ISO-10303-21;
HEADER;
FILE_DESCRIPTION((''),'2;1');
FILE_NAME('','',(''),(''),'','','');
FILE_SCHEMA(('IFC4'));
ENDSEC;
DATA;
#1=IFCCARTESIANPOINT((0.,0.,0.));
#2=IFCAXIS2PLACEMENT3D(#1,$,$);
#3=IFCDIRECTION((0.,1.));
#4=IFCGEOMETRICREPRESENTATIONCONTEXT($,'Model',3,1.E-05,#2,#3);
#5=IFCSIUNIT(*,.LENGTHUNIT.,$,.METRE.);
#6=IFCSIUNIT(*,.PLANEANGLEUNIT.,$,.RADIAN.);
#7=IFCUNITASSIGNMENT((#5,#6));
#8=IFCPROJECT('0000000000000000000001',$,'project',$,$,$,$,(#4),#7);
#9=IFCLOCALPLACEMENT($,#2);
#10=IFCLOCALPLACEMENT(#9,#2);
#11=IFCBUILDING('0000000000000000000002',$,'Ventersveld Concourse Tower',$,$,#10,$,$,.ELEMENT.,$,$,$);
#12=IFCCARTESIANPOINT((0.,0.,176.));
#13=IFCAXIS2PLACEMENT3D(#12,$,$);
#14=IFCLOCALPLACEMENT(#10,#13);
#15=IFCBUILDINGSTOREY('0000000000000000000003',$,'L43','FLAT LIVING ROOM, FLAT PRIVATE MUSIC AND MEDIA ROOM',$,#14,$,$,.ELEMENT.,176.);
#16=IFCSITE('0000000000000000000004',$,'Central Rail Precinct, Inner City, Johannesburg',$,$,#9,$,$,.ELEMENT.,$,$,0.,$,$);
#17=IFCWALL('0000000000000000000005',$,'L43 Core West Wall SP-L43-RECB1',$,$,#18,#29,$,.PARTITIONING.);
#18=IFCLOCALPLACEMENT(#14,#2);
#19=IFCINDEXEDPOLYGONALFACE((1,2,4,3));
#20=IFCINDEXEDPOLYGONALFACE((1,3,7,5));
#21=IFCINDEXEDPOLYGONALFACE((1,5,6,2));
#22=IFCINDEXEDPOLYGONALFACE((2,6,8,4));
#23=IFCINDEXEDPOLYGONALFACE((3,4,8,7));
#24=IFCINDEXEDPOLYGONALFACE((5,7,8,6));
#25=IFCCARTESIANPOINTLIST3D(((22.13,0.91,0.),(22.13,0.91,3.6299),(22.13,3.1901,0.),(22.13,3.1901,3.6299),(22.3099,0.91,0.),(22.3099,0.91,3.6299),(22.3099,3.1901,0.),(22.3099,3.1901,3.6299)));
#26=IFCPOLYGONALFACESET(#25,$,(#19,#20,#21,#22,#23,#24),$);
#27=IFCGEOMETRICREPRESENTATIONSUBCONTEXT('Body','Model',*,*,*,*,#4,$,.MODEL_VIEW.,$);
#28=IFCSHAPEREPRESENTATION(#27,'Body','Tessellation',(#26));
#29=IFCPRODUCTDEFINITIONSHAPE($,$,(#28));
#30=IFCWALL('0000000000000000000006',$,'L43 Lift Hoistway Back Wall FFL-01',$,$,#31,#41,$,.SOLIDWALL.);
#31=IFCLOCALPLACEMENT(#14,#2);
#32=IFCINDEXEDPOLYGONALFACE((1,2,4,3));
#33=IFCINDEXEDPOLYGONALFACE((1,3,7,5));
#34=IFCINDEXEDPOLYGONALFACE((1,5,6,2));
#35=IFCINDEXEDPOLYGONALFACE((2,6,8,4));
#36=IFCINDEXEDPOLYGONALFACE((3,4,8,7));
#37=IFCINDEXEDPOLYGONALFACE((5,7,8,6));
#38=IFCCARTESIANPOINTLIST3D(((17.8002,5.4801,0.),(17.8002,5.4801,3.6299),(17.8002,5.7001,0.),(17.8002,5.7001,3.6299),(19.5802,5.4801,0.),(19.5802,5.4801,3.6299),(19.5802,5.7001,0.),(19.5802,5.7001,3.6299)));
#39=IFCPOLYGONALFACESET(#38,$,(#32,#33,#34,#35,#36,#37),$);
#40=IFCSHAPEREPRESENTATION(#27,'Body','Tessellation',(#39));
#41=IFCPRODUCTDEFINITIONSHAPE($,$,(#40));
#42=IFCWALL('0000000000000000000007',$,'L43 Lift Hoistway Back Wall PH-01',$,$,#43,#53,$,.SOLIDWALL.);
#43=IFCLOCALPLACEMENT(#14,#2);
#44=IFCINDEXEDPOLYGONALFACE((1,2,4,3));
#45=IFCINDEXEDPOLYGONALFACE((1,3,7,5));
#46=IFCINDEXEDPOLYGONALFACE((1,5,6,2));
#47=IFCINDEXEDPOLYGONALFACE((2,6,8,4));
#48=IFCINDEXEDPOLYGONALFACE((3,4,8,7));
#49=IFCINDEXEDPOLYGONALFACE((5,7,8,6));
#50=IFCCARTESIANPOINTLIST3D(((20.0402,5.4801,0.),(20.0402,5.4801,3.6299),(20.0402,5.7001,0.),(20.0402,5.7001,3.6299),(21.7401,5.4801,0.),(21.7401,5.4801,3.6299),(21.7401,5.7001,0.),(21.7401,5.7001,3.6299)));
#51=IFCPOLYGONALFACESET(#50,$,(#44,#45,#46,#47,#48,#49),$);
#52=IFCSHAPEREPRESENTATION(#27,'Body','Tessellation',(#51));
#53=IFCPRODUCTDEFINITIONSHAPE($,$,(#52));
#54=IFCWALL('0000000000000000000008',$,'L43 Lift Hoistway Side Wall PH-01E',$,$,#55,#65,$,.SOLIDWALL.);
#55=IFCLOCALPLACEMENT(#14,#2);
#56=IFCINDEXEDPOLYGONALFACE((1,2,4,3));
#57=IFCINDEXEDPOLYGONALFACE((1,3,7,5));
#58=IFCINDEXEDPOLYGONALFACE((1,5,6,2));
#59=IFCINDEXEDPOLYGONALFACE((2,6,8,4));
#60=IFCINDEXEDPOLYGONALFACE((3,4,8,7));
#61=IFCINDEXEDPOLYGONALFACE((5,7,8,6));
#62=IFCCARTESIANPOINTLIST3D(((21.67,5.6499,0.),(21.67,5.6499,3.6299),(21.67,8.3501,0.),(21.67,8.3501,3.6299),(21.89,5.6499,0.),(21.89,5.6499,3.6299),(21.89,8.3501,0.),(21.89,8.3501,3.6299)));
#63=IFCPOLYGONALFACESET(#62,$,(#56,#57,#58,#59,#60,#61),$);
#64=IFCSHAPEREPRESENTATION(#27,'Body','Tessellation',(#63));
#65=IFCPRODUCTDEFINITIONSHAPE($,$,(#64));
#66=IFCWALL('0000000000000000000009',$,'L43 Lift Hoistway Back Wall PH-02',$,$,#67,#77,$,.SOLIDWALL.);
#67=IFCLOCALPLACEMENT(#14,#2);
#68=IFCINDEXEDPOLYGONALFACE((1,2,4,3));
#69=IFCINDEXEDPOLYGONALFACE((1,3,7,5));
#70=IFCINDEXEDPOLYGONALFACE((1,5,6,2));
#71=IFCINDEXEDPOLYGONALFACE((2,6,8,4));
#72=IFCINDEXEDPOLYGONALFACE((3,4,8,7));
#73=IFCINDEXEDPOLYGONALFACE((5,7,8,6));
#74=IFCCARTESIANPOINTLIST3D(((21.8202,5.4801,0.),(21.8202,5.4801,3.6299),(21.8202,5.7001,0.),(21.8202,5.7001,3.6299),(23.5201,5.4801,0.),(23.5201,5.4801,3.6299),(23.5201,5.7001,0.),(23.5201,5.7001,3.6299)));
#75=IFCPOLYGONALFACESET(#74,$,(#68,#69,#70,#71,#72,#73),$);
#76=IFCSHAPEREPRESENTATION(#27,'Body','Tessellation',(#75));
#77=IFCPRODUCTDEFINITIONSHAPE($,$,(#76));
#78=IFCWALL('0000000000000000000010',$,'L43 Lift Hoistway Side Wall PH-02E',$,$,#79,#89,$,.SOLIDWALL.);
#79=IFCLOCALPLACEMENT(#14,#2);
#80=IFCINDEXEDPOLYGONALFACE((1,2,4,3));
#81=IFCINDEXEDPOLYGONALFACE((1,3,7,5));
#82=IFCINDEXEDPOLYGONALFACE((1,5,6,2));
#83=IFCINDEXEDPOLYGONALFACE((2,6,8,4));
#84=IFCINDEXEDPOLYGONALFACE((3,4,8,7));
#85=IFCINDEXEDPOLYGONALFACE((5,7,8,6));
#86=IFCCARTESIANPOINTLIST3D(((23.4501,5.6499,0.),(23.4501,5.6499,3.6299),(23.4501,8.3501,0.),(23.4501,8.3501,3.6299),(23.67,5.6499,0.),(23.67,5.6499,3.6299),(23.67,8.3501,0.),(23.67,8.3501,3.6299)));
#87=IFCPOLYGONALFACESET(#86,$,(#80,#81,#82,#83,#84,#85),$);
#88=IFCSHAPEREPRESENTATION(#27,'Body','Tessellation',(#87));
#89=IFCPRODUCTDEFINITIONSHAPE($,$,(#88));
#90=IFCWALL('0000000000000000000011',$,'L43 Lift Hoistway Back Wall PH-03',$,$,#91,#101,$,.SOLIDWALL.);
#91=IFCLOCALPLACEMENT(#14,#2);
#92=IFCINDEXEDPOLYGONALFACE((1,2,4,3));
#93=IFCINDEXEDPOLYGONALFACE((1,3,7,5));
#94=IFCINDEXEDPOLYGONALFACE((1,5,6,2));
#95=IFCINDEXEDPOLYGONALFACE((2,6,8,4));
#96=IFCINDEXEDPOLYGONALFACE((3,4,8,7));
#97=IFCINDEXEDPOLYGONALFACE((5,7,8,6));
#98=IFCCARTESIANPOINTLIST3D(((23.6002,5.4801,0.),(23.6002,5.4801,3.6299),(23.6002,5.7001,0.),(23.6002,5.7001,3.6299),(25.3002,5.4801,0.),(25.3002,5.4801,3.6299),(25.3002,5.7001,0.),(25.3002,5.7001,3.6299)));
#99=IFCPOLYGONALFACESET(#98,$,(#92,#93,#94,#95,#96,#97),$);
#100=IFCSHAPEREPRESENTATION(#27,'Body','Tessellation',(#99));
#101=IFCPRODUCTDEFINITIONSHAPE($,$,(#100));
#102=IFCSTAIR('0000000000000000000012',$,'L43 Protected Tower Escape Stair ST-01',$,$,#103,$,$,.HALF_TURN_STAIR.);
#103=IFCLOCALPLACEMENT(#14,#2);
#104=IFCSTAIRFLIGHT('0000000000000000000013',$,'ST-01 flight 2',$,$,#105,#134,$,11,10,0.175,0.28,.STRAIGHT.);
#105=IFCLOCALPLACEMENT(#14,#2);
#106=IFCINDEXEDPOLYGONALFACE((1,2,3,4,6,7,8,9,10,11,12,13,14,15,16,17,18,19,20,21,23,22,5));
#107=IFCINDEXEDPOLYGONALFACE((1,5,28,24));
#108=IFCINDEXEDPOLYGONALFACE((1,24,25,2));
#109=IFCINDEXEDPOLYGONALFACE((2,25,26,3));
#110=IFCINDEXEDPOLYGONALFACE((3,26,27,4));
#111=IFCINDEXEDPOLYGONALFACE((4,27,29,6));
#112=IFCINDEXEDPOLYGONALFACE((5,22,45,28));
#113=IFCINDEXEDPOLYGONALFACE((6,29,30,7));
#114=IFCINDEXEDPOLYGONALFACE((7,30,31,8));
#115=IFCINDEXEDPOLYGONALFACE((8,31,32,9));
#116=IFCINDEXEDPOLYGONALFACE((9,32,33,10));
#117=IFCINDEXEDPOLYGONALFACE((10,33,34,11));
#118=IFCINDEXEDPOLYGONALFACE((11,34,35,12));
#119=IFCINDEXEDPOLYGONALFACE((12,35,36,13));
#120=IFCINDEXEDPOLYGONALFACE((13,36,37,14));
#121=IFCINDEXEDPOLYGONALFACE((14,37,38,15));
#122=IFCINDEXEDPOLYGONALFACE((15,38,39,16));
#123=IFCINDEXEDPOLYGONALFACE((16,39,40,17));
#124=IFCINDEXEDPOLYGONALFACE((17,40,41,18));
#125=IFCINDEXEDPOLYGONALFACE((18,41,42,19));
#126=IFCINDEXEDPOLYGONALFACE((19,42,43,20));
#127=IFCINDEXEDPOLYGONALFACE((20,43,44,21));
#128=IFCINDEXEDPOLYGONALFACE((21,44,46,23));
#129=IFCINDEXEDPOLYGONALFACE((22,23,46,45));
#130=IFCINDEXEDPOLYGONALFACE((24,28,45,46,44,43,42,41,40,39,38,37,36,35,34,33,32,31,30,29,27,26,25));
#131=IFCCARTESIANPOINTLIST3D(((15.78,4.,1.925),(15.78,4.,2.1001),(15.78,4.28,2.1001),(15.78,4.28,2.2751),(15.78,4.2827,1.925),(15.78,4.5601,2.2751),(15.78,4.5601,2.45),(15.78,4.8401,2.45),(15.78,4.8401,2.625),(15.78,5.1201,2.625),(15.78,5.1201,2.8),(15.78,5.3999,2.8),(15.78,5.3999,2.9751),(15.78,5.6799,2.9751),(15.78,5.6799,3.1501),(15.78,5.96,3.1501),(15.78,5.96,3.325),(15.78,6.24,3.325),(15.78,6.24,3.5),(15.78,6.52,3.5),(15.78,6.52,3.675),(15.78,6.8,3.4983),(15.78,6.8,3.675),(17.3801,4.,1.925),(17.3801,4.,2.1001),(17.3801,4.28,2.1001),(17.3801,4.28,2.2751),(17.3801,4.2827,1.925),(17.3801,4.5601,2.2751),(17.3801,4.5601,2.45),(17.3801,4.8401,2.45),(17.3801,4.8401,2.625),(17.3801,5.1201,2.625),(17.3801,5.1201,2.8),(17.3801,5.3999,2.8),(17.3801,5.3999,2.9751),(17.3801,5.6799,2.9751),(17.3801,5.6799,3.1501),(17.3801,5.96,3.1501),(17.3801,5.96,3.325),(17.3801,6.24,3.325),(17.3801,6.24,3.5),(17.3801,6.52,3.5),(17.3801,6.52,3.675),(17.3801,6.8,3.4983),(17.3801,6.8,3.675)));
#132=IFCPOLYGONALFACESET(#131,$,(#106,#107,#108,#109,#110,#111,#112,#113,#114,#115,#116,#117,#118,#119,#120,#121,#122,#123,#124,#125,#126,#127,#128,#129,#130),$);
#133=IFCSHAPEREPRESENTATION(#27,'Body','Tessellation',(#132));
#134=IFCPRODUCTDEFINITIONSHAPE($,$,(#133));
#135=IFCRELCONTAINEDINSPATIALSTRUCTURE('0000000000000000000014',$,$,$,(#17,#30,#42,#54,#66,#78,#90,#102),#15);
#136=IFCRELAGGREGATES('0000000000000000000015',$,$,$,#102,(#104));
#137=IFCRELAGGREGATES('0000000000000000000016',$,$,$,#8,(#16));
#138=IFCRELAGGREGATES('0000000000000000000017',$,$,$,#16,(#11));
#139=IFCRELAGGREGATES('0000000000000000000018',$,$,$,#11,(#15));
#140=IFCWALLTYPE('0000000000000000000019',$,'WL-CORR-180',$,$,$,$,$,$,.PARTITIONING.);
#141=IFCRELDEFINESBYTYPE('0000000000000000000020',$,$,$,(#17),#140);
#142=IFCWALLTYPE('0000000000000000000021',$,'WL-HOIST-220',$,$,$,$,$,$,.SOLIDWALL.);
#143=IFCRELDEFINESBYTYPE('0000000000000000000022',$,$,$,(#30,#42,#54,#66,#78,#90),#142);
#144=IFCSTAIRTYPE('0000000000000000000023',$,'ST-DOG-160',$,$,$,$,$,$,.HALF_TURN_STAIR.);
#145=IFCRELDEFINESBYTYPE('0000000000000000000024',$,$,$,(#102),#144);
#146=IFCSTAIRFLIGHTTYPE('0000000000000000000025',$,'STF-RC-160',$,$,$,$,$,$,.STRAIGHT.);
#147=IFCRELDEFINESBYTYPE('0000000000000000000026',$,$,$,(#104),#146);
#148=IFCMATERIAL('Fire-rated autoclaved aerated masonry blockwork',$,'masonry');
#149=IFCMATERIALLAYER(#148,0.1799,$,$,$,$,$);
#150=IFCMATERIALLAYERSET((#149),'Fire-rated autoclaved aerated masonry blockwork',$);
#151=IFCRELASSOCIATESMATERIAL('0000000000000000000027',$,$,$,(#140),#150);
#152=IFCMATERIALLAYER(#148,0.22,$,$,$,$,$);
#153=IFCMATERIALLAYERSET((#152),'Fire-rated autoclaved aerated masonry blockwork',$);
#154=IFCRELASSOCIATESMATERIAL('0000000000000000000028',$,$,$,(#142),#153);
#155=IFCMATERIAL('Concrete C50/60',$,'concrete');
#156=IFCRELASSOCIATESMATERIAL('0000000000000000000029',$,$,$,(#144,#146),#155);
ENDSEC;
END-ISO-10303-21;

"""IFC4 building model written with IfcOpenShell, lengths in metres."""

from ifc_helpers import new_model, si_unit, direction, frame, frame_2d, origin, place, context, subcontext, project, spatial, polyline, rectangle, outline, extrude, material, layer, layer_set, type_object, element, aggregate, save


model = new_model("IFC4")

# Units and contexts
model_context = context("Model", 3, precision=1e-05, world=origin(), true_north=direction((0.0, 1.0)))
body_context = subcontext(model_context, "Body", "Model", "MODEL_VIEW")
ifc_project = project(units=[si_unit("LENGTHUNIT", "METRE"), si_unit("PLANEANGLEUNIT", "RADIAN")], contexts=[model_context])

# Site, building, storey
site_placement = place(None, origin())
site = spatial("IfcSite", under=ifc_project, at=site_placement, Name="Central Rail Precinct, Inner City, Johannesburg", CompositionType="ELEMENT", RefElevation=0.0)
building_placement = place(site_placement, origin())
building = spatial("IfcBuilding", under=site, at=building_placement, Name="Ventersveld Concourse Tower", CompositionType="ELEMENT")
storey_placement = place(building_placement, frame((0.0, 0.0, 176.0)))
storey = spatial("IfcBuildingStorey", under=building, at=storey_placement, Name="L43", Description="FLAT LIVING ROOM, FLAT PRIVATE MUSIC AND MEDIA ROOM", CompositionType="ELEMENT", Elevation=176.0)

# Shared definitions
ifc_material_1 = material(Name="Concrete C50/60", Category="concrete")

# Walls
ifc_material_2 = material(Name="Fire-rated autoclaved aerated masonry blockwork", Category="masonry")
ifc_layer_1 = layer(ifc_material_2, 0.1799)
ifc_layer_set_1 = layer_set([ifc_layer_1], Name="Fire-rated autoclaved aerated masonry blockwork")
wall_type_1 = type_object("IfcWallType", Name="WL-CORR-180", PredefinedType="PARTITIONING", material=ifc_layer_set_1)
wall_1_placement = place(storey_placement, frame((22.22, 0.9099, 0.0), z_axis=(0.0, 0.0, 1.0), x_axis=(0.0, 1.0, 0.0)))
element("IfcWall", 1, at=wall_1_placement, inside=storey, type_object=wall_type_1, Name="L43 Core West Wall SP-L43-RECB1", PredefinedType="PARTITIONING", context=body_context, shape_type="SweptSolid", body=[
    extrude(rectangle(XDim=2.28, YDim=0.1799, at=frame_2d((1.1401, 0.0))), origin(), (0.0, 0.0, 1.0), 3.6299),
])
ifc_layer_2 = layer(ifc_material_2, 0.22)
ifc_layer_set_2 = layer_set([ifc_layer_2], Name="Fire-rated autoclaved aerated masonry blockwork")
wall_type_2 = type_object("IfcWallType", Name="WL-HOIST-220", PredefinedType="SOLIDWALL", material=ifc_layer_set_2)
wall_2_placement = place(storey_placement, frame((17.8, 5.5901, 0.0), z_axis=(0.0, 0.0, 1.0), x_axis=(1.0, 0.0, 0.0)))
element("IfcWall", 2, at=wall_2_placement, inside=storey, type_object=wall_type_2, Name="L43 Lift Hoistway Back Wall FFL-01", PredefinedType="SOLIDWALL", context=body_context, shape_type="SweptSolid", body=[
    extrude(rectangle(XDim=1.78, YDim=0.22, at=frame_2d((0.8901, 0.0))), origin(), (0.0, 0.0, 1.0), 3.6299),
])
wall_3_placement = place(storey_placement, frame((20.04, 5.5901, 0.0), z_axis=(0.0, 0.0, 1.0), x_axis=(1.0, 0.0, 0.0)))
element("IfcWall", 3, at=wall_3_placement, inside=storey, type_object=wall_type_2, Name="L43 Lift Hoistway Back Wall PH-01", PredefinedType="SOLIDWALL", context=body_context, shape_type="SweptSolid", body=[
    extrude(rectangle(XDim=1.7, YDim=0.22, at=frame_2d((0.8501, 0.0))), origin(), (0.0, 0.0, 1.0), 3.6299),
])
wall_4_placement = place(storey_placement, frame((21.78, 5.6499, 0.0), z_axis=(0.0, 0.0, 1.0), x_axis=(0.0, 1.0, 0.0)))
element("IfcWall", 4, at=wall_4_placement, inside=storey, type_object=wall_type_2, Name="L43 Lift Hoistway Side Wall PH-01E", PredefinedType="SOLIDWALL", context=body_context, shape_type="SweptSolid", body=[
    extrude(rectangle(XDim=2.7002, YDim=0.22, at=frame_2d((1.3501, 0.0))), origin(), (0.0, 0.0, 1.0), 3.6299),
])
wall_5_placement = place(storey_placement, frame((21.8201, 5.5901, 0.0), z_axis=(0.0, 0.0, 1.0), x_axis=(1.0, 0.0, 0.0)))
element("IfcWall", 5, at=wall_5_placement, inside=storey, type_object=wall_type_2, Name="L43 Lift Hoistway Back Wall PH-02", PredefinedType="SOLIDWALL", context=body_context, shape_type="SweptSolid", body=[
    extrude(rectangle(XDim=1.7, YDim=0.22, at=frame_2d((0.8501, 0.0))), origin(), (0.0, 0.0, 1.0), 3.6299),
])
wall_6_placement = place(storey_placement, frame((23.5601, 5.6499, 0.0), z_axis=(0.0, 0.0, 1.0), x_axis=(0.0, 1.0, 0.0)))
element("IfcWall", 6, at=wall_6_placement, inside=storey, type_object=wall_type_2, Name="L43 Lift Hoistway Side Wall PH-02E", PredefinedType="SOLIDWALL", context=body_context, shape_type="SweptSolid", body=[
    extrude(rectangle(XDim=2.7002, YDim=0.22, at=frame_2d((1.3501, 0.0))), origin(), (0.0, 0.0, 1.0), 3.6299),
])
wall_7_placement = place(storey_placement, frame((23.6001, 5.5901, 0.0), z_axis=(0.0, 0.0, 1.0), x_axis=(1.0, 0.0, 0.0)))
element("IfcWall", 7, at=wall_7_placement, inside=storey, type_object=wall_type_2, Name="L43 Lift Hoistway Back Wall PH-03", PredefinedType="SOLIDWALL", context=body_context, shape_type="SweptSolid", body=[
    extrude(rectangle(XDim=1.7, YDim=0.22, at=frame_2d((0.8501, 0.0))), origin(), (0.0, 0.0, 1.0), 3.6299),
])

# Stair, stair flight
stair_type = type_object("IfcStairType", Name="ST-DOG-160", PredefinedType="HALF_TURN_STAIR", material=ifc_material_1)
stair_placement = place(storey_placement, origin())
stair = element("IfcStair", 8, at=stair_placement, inside=storey, type_object=stair_type, Name="L43 Protected Tower Escape Stair ST-01", PredefinedType="HALF_TURN_STAIR")
stair_flight_type = type_object("IfcStairFlightType", Name="STF-RC-160", PredefinedType="STRAIGHT", material=ifc_material_1)
stair_flight_placement = place(storey_placement, frame((16.5801, 4.0, 1.925), z_axis=(0.0, 0.0, 1.0), x_axis=(0.0, 1.0, 0.0)))
stair_flight = element("IfcStairFlight", 9, at=stair_flight_placement, type_object=stair_flight_type, Name="ST-01 flight 2", NumberOfRisers=11, NumberOfTreads=10, PredefinedType="STRAIGHT", RiserHeight=0.175, TreadLength=0.28, context=body_context, shape_type="SweptSolid", body=[
    extrude(outline(polyline([(0.0, 0.0), (0.0, 0.175), (0.28, 0.175), (0.28, 0.3501), (0.5601, 0.3501), (0.5601, 0.5249), (0.8401, 0.5249), (0.8401, 0.7), (1.1201, 0.7), (1.1201, 0.875), (1.3999, 0.875), (1.3999, 1.05), (1.6799, 1.05), (1.6799, 1.2251), (1.96, 1.2251), (1.96, 1.3999), (2.24, 1.3999), (2.24, 1.575), (2.52, 1.575), (2.52, 1.75), (2.8, 1.75), (2.8, 1.925), (2.8, 1.5732), (0.2827, 0.0), (0.0, 0.0)])), frame((0.0, 0.8, 0.0), z_axis=(0.0, -1.0, 0.0), x_axis=(1.0, 0.0, 0.0)), (0.0, 0.0, 1.0), 1.6001),
])
aggregate(stair, [stair_flight])

save(model, "model.ifc")
